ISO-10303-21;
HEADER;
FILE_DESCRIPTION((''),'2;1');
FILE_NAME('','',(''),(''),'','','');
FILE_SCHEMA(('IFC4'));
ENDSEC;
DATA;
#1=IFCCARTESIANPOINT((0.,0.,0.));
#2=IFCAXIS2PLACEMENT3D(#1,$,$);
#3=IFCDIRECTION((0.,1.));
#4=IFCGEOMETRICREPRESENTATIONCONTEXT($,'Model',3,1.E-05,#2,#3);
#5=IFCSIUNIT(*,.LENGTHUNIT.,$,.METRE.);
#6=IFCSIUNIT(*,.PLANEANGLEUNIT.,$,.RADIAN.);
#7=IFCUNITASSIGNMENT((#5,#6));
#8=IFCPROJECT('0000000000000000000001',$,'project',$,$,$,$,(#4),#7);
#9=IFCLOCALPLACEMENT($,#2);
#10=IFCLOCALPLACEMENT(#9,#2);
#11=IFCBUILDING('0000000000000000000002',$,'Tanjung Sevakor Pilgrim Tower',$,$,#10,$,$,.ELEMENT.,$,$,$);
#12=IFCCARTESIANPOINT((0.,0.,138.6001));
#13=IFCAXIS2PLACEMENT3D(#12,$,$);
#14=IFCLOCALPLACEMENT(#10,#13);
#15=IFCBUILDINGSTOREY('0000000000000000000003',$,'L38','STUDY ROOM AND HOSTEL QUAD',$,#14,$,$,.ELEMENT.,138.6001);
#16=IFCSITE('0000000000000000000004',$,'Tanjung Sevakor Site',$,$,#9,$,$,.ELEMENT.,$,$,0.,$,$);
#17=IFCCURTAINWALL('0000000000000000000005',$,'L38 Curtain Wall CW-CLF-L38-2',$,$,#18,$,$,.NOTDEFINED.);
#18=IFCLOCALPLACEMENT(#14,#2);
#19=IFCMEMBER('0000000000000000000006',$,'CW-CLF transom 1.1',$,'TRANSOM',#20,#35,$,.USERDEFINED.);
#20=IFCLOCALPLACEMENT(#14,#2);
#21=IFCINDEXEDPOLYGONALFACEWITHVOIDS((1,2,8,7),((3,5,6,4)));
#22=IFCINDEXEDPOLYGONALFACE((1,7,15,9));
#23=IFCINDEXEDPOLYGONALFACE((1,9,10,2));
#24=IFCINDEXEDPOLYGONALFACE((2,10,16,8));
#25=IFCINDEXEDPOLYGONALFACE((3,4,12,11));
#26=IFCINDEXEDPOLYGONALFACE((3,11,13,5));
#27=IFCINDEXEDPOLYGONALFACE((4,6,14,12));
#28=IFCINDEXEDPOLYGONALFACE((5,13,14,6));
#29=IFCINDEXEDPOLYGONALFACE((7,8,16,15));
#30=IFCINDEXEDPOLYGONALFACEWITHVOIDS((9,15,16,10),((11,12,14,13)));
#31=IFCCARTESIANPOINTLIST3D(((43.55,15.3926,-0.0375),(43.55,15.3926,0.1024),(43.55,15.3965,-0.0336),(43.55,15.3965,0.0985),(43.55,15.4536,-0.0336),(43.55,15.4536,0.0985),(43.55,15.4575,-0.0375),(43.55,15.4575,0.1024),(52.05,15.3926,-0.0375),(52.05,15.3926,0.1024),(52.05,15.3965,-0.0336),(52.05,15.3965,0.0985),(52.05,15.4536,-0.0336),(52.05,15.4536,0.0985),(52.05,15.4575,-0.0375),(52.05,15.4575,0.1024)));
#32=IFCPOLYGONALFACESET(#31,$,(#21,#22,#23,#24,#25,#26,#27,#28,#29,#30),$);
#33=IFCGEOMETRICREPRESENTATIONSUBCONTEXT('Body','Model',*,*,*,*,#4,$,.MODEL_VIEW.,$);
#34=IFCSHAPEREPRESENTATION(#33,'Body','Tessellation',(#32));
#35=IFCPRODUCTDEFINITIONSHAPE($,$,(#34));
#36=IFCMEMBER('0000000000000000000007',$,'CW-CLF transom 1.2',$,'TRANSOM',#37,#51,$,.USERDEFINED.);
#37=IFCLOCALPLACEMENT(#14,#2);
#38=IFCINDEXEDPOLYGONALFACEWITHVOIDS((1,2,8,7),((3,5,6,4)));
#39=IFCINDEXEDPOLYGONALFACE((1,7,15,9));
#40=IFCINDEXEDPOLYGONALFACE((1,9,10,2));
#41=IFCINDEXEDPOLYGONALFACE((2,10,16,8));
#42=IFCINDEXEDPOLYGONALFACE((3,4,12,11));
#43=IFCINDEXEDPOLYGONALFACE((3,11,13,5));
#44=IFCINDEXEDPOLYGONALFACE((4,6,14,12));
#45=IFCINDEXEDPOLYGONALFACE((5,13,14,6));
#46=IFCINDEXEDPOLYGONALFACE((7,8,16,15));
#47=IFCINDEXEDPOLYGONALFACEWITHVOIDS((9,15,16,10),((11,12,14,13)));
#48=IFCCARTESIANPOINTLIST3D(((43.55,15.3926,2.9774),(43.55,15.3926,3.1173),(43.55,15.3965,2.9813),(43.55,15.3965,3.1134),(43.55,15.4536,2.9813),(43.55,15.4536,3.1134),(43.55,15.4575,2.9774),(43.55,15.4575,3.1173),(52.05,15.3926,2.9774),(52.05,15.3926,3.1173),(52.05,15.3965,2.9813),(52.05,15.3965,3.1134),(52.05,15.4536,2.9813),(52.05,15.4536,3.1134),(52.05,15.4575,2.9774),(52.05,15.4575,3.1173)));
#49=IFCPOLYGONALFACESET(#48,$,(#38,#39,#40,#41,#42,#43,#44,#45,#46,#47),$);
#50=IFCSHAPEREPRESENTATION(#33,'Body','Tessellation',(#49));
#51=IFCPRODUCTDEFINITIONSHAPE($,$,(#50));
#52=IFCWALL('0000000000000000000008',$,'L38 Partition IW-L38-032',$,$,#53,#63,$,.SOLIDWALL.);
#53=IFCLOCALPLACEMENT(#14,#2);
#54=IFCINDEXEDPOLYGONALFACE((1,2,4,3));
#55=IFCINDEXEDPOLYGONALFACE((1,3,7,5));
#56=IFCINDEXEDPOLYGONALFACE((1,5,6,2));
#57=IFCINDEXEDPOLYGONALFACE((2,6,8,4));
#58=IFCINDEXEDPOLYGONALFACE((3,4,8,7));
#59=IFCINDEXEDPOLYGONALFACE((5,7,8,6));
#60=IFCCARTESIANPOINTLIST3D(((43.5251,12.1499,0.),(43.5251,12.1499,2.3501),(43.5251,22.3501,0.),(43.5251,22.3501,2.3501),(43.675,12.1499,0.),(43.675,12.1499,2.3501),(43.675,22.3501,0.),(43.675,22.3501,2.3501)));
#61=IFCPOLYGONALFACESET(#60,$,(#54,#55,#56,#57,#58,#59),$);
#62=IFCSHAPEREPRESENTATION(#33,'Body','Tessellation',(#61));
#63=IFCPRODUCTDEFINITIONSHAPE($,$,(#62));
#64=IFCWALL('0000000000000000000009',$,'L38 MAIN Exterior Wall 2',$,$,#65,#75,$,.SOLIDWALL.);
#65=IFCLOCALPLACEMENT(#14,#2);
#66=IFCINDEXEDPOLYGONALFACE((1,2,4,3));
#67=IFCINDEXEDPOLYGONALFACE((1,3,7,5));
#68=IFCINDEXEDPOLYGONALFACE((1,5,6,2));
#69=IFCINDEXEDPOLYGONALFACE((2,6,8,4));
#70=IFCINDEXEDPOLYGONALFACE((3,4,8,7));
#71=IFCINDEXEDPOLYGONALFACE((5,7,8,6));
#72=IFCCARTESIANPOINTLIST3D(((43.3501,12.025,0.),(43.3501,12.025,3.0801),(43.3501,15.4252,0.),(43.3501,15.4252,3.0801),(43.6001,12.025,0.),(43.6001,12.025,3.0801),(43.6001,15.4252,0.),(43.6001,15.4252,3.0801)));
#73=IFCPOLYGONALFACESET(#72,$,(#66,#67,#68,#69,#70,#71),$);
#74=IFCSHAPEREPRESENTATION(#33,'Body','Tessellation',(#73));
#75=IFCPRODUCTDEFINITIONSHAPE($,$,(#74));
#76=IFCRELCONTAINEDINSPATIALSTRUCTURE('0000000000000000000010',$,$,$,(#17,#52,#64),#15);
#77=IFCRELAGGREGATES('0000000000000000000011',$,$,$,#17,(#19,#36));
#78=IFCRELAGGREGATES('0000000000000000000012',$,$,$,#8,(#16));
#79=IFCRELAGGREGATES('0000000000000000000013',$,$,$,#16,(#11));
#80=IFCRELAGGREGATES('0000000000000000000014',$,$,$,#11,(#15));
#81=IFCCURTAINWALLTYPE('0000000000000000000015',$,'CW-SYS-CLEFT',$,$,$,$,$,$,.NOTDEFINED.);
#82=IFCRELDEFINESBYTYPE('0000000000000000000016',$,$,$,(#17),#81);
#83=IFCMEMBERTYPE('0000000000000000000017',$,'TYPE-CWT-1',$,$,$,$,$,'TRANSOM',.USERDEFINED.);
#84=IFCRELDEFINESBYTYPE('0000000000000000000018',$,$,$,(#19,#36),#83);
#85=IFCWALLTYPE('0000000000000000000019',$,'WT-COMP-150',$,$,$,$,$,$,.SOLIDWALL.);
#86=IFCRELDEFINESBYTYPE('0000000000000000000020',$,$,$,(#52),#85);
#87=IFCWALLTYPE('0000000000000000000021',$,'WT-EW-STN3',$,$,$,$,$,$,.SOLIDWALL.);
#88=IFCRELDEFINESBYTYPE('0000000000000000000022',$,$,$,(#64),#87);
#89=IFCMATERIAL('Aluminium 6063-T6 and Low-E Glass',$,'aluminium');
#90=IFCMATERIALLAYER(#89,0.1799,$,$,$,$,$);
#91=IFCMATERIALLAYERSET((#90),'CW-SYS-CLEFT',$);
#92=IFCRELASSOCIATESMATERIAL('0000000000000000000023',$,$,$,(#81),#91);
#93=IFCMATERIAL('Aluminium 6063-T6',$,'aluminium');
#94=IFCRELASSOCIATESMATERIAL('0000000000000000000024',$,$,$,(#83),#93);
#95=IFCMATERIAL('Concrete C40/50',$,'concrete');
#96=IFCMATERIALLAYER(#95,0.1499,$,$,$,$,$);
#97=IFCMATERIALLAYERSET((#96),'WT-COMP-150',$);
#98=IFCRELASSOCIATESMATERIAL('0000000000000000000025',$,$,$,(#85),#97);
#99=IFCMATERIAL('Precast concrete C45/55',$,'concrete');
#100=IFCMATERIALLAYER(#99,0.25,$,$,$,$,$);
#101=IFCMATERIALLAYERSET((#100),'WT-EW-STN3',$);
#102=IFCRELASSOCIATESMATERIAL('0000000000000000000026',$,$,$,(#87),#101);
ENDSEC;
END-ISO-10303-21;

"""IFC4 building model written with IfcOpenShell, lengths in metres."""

from ifc_helpers import new_model, si_unit, direction, frame, frame_2d, origin, origin_2d, place, context, subcontext, project, spatial, rectangle, hollow_rectangle, extrude, material, layer, layer_set, material_profile, profile_set, type_object, element, aggregate, save


model = new_model("IFC4")

# Units and contexts
model_context = context("Model", 3, precision=1e-05, world=origin(), true_north=direction((0.0, 1.0)))
body_context = subcontext(model_context, "Body", "Model", "MODEL_VIEW")
ifc_project = project(units=[si_unit("LENGTHUNIT", "METRE"), si_unit("PLANEANGLEUNIT", "RADIAN")], contexts=[model_context])

# Site, building, storey
site_placement = place(None, origin())
site = spatial("IfcSite", under=ifc_project, at=site_placement, Name="Tanjung Sevakor Site", CompositionType="ELEMENT", RefElevation=0.0)
building_placement = place(site_placement, origin())
building = spatial("IfcBuilding", under=site, at=building_placement, Name="Tanjung Sevakor Pilgrim Tower", CompositionType="ELEMENT")
storey_placement = place(building_placement, frame((0.0, 0.0, 138.6001)))
storey = spatial("IfcBuildingStorey", under=building, at=storey_placement, Name="L38", Description="STUDY ROOM AND HOSTEL QUAD", CompositionType="ELEMENT", Elevation=138.6001)

# Curtain wall, members
ifc_material_1 = material(Name="Aluminium 6063-T6 and Low-E Glass", Category="aluminium")
ifc_layer_1 = layer(ifc_material_1, 0.1799)
ifc_layer_set_1 = layer_set([ifc_layer_1], Name="CW-SYS-CLEFT")
curtain_wall_type = type_object("IfcCurtainWallType", Name="CW-SYS-CLEFT", PredefinedType="NOTDEFINED", material=ifc_layer_set_1)
curtain_wall_placement = place(storey_placement, origin())
curtain_wall = element("IfcCurtainWall", 1, at=curtain_wall_placement, inside=storey, type_object=curtain_wall_type, Name="L38 Curtain Wall CW-CLF-L38-2", PredefinedType="NOTDEFINED")
ifc_material_2 = material(Name="Aluminium 6063-T6", Category="aluminium")
ifc_material_profile_1 = material_profile(ifc_material_2, hollow_rectangle(XDim=0.0649, YDim=0.1399, WallThickness=0.0039, at=origin_2d()))
ifc_profile_set_1 = profile_set([ifc_material_profile_1], Name="Aluminium 6063-T6")
member_type_1 = type_object("IfcMemberType", Name="TYPE-CWT-1", ElementType="TRANSOM", PredefinedType="USERDEFINED", material=ifc_profile_set_1)
member_1_placement = place(storey_placement, frame((43.55, 15.425, 0.0325), z_axis=(1.0, 0.0, 0.0), x_axis=(0.0, 1.0, 0.0)))
member_1 = element("IfcMember", 2, at=member_1_placement, type_object=member_type_1, Name="CW-CLF transom 1.1", ObjectType="TRANSOM", PredefinedType="USERDEFINED", context=body_context, shape_type="SweptSolid", body=[
    extrude(hollow_rectangle(XDim=0.0649, YDim=0.1399, WallThickness=0.0039, at=origin_2d()), origin(), (0.0, 0.0, 1.0), 8.5),
])
member_2_placement = place(storey_placement, frame((43.55, 15.425, 3.0474), z_axis=(1.0, 0.0, 0.0), x_axis=(0.0, 1.0, 0.0)))
member_2 = element("IfcMember", 3, at=member_2_placement, type_object=member_type_1, Name="CW-CLF transom 1.2", ObjectType="TRANSOM", PredefinedType="USERDEFINED", context=body_context, shape_type="SweptSolid", body=[
    extrude(hollow_rectangle(XDim=0.0649, YDim=0.1399, WallThickness=0.0039, at=origin_2d()), origin(), (0.0, 0.0, 1.0), 8.5),
])
aggregate(curtain_wall, [member_1, member_2])

# Wall
ifc_material_3 = material(Name="Concrete C40/50", Category="concrete")
ifc_layer_2 = layer(ifc_material_3, 0.1499)
ifc_layer_set_2 = layer_set([ifc_layer_2], Name="WT-COMP-150")
wall_type_1 = type_object("IfcWallType", Name="WT-COMP-150", PredefinedType="SOLIDWALL", material=ifc_layer_set_2)
wall_1_placement = place(storey_placement, frame((43.6001, 12.1499, 0.0), z_axis=(0.0, 0.0, 1.0), x_axis=(0.0, 1.0, 0.0)))
element("IfcWall", 4, at=wall_1_placement, inside=storey, type_object=wall_type_1, Name="L38 Partition IW-L38-032", PredefinedType="SOLIDWALL", context=body_context, shape_type="SweptSolid", body=[
    extrude(rectangle(XDim=10.2002, YDim=0.1499, at=frame_2d((5.1001, 0.0))), origin(), (0.0, 0.0, 1.0), 2.3501),
])

# Wall
ifc_material_4 = material(Name="Precast concrete C45/55", Category="concrete")
ifc_layer_3 = layer(ifc_material_4, 0.25)
ifc_layer_set_3 = layer_set([ifc_layer_3], Name="WT-EW-STN3")
wall_type_2 = type_object("IfcWallType", Name="WT-EW-STN3", PredefinedType="SOLIDWALL", material=ifc_layer_set_3)
wall_2_placement = place(storey_placement, frame((43.4751, 12.0249, 0.0), z_axis=(0.0, 0.0, 1.0), x_axis=(0.0, 1.0, 0.0)))
element("IfcWall", 5, at=wall_2_placement, inside=storey, type_object=wall_type_2, Name="L38 MAIN Exterior Wall 2", PredefinedType="SOLIDWALL", context=body_context, shape_type="SweptSolid", body=[
    extrude(rectangle(XDim=3.4001, YDim=0.25, at=frame_2d((1.7002, 0.0))), origin(), (0.0, 0.0, 1.0), 3.0801),
])

save(model, "model.ifc")
